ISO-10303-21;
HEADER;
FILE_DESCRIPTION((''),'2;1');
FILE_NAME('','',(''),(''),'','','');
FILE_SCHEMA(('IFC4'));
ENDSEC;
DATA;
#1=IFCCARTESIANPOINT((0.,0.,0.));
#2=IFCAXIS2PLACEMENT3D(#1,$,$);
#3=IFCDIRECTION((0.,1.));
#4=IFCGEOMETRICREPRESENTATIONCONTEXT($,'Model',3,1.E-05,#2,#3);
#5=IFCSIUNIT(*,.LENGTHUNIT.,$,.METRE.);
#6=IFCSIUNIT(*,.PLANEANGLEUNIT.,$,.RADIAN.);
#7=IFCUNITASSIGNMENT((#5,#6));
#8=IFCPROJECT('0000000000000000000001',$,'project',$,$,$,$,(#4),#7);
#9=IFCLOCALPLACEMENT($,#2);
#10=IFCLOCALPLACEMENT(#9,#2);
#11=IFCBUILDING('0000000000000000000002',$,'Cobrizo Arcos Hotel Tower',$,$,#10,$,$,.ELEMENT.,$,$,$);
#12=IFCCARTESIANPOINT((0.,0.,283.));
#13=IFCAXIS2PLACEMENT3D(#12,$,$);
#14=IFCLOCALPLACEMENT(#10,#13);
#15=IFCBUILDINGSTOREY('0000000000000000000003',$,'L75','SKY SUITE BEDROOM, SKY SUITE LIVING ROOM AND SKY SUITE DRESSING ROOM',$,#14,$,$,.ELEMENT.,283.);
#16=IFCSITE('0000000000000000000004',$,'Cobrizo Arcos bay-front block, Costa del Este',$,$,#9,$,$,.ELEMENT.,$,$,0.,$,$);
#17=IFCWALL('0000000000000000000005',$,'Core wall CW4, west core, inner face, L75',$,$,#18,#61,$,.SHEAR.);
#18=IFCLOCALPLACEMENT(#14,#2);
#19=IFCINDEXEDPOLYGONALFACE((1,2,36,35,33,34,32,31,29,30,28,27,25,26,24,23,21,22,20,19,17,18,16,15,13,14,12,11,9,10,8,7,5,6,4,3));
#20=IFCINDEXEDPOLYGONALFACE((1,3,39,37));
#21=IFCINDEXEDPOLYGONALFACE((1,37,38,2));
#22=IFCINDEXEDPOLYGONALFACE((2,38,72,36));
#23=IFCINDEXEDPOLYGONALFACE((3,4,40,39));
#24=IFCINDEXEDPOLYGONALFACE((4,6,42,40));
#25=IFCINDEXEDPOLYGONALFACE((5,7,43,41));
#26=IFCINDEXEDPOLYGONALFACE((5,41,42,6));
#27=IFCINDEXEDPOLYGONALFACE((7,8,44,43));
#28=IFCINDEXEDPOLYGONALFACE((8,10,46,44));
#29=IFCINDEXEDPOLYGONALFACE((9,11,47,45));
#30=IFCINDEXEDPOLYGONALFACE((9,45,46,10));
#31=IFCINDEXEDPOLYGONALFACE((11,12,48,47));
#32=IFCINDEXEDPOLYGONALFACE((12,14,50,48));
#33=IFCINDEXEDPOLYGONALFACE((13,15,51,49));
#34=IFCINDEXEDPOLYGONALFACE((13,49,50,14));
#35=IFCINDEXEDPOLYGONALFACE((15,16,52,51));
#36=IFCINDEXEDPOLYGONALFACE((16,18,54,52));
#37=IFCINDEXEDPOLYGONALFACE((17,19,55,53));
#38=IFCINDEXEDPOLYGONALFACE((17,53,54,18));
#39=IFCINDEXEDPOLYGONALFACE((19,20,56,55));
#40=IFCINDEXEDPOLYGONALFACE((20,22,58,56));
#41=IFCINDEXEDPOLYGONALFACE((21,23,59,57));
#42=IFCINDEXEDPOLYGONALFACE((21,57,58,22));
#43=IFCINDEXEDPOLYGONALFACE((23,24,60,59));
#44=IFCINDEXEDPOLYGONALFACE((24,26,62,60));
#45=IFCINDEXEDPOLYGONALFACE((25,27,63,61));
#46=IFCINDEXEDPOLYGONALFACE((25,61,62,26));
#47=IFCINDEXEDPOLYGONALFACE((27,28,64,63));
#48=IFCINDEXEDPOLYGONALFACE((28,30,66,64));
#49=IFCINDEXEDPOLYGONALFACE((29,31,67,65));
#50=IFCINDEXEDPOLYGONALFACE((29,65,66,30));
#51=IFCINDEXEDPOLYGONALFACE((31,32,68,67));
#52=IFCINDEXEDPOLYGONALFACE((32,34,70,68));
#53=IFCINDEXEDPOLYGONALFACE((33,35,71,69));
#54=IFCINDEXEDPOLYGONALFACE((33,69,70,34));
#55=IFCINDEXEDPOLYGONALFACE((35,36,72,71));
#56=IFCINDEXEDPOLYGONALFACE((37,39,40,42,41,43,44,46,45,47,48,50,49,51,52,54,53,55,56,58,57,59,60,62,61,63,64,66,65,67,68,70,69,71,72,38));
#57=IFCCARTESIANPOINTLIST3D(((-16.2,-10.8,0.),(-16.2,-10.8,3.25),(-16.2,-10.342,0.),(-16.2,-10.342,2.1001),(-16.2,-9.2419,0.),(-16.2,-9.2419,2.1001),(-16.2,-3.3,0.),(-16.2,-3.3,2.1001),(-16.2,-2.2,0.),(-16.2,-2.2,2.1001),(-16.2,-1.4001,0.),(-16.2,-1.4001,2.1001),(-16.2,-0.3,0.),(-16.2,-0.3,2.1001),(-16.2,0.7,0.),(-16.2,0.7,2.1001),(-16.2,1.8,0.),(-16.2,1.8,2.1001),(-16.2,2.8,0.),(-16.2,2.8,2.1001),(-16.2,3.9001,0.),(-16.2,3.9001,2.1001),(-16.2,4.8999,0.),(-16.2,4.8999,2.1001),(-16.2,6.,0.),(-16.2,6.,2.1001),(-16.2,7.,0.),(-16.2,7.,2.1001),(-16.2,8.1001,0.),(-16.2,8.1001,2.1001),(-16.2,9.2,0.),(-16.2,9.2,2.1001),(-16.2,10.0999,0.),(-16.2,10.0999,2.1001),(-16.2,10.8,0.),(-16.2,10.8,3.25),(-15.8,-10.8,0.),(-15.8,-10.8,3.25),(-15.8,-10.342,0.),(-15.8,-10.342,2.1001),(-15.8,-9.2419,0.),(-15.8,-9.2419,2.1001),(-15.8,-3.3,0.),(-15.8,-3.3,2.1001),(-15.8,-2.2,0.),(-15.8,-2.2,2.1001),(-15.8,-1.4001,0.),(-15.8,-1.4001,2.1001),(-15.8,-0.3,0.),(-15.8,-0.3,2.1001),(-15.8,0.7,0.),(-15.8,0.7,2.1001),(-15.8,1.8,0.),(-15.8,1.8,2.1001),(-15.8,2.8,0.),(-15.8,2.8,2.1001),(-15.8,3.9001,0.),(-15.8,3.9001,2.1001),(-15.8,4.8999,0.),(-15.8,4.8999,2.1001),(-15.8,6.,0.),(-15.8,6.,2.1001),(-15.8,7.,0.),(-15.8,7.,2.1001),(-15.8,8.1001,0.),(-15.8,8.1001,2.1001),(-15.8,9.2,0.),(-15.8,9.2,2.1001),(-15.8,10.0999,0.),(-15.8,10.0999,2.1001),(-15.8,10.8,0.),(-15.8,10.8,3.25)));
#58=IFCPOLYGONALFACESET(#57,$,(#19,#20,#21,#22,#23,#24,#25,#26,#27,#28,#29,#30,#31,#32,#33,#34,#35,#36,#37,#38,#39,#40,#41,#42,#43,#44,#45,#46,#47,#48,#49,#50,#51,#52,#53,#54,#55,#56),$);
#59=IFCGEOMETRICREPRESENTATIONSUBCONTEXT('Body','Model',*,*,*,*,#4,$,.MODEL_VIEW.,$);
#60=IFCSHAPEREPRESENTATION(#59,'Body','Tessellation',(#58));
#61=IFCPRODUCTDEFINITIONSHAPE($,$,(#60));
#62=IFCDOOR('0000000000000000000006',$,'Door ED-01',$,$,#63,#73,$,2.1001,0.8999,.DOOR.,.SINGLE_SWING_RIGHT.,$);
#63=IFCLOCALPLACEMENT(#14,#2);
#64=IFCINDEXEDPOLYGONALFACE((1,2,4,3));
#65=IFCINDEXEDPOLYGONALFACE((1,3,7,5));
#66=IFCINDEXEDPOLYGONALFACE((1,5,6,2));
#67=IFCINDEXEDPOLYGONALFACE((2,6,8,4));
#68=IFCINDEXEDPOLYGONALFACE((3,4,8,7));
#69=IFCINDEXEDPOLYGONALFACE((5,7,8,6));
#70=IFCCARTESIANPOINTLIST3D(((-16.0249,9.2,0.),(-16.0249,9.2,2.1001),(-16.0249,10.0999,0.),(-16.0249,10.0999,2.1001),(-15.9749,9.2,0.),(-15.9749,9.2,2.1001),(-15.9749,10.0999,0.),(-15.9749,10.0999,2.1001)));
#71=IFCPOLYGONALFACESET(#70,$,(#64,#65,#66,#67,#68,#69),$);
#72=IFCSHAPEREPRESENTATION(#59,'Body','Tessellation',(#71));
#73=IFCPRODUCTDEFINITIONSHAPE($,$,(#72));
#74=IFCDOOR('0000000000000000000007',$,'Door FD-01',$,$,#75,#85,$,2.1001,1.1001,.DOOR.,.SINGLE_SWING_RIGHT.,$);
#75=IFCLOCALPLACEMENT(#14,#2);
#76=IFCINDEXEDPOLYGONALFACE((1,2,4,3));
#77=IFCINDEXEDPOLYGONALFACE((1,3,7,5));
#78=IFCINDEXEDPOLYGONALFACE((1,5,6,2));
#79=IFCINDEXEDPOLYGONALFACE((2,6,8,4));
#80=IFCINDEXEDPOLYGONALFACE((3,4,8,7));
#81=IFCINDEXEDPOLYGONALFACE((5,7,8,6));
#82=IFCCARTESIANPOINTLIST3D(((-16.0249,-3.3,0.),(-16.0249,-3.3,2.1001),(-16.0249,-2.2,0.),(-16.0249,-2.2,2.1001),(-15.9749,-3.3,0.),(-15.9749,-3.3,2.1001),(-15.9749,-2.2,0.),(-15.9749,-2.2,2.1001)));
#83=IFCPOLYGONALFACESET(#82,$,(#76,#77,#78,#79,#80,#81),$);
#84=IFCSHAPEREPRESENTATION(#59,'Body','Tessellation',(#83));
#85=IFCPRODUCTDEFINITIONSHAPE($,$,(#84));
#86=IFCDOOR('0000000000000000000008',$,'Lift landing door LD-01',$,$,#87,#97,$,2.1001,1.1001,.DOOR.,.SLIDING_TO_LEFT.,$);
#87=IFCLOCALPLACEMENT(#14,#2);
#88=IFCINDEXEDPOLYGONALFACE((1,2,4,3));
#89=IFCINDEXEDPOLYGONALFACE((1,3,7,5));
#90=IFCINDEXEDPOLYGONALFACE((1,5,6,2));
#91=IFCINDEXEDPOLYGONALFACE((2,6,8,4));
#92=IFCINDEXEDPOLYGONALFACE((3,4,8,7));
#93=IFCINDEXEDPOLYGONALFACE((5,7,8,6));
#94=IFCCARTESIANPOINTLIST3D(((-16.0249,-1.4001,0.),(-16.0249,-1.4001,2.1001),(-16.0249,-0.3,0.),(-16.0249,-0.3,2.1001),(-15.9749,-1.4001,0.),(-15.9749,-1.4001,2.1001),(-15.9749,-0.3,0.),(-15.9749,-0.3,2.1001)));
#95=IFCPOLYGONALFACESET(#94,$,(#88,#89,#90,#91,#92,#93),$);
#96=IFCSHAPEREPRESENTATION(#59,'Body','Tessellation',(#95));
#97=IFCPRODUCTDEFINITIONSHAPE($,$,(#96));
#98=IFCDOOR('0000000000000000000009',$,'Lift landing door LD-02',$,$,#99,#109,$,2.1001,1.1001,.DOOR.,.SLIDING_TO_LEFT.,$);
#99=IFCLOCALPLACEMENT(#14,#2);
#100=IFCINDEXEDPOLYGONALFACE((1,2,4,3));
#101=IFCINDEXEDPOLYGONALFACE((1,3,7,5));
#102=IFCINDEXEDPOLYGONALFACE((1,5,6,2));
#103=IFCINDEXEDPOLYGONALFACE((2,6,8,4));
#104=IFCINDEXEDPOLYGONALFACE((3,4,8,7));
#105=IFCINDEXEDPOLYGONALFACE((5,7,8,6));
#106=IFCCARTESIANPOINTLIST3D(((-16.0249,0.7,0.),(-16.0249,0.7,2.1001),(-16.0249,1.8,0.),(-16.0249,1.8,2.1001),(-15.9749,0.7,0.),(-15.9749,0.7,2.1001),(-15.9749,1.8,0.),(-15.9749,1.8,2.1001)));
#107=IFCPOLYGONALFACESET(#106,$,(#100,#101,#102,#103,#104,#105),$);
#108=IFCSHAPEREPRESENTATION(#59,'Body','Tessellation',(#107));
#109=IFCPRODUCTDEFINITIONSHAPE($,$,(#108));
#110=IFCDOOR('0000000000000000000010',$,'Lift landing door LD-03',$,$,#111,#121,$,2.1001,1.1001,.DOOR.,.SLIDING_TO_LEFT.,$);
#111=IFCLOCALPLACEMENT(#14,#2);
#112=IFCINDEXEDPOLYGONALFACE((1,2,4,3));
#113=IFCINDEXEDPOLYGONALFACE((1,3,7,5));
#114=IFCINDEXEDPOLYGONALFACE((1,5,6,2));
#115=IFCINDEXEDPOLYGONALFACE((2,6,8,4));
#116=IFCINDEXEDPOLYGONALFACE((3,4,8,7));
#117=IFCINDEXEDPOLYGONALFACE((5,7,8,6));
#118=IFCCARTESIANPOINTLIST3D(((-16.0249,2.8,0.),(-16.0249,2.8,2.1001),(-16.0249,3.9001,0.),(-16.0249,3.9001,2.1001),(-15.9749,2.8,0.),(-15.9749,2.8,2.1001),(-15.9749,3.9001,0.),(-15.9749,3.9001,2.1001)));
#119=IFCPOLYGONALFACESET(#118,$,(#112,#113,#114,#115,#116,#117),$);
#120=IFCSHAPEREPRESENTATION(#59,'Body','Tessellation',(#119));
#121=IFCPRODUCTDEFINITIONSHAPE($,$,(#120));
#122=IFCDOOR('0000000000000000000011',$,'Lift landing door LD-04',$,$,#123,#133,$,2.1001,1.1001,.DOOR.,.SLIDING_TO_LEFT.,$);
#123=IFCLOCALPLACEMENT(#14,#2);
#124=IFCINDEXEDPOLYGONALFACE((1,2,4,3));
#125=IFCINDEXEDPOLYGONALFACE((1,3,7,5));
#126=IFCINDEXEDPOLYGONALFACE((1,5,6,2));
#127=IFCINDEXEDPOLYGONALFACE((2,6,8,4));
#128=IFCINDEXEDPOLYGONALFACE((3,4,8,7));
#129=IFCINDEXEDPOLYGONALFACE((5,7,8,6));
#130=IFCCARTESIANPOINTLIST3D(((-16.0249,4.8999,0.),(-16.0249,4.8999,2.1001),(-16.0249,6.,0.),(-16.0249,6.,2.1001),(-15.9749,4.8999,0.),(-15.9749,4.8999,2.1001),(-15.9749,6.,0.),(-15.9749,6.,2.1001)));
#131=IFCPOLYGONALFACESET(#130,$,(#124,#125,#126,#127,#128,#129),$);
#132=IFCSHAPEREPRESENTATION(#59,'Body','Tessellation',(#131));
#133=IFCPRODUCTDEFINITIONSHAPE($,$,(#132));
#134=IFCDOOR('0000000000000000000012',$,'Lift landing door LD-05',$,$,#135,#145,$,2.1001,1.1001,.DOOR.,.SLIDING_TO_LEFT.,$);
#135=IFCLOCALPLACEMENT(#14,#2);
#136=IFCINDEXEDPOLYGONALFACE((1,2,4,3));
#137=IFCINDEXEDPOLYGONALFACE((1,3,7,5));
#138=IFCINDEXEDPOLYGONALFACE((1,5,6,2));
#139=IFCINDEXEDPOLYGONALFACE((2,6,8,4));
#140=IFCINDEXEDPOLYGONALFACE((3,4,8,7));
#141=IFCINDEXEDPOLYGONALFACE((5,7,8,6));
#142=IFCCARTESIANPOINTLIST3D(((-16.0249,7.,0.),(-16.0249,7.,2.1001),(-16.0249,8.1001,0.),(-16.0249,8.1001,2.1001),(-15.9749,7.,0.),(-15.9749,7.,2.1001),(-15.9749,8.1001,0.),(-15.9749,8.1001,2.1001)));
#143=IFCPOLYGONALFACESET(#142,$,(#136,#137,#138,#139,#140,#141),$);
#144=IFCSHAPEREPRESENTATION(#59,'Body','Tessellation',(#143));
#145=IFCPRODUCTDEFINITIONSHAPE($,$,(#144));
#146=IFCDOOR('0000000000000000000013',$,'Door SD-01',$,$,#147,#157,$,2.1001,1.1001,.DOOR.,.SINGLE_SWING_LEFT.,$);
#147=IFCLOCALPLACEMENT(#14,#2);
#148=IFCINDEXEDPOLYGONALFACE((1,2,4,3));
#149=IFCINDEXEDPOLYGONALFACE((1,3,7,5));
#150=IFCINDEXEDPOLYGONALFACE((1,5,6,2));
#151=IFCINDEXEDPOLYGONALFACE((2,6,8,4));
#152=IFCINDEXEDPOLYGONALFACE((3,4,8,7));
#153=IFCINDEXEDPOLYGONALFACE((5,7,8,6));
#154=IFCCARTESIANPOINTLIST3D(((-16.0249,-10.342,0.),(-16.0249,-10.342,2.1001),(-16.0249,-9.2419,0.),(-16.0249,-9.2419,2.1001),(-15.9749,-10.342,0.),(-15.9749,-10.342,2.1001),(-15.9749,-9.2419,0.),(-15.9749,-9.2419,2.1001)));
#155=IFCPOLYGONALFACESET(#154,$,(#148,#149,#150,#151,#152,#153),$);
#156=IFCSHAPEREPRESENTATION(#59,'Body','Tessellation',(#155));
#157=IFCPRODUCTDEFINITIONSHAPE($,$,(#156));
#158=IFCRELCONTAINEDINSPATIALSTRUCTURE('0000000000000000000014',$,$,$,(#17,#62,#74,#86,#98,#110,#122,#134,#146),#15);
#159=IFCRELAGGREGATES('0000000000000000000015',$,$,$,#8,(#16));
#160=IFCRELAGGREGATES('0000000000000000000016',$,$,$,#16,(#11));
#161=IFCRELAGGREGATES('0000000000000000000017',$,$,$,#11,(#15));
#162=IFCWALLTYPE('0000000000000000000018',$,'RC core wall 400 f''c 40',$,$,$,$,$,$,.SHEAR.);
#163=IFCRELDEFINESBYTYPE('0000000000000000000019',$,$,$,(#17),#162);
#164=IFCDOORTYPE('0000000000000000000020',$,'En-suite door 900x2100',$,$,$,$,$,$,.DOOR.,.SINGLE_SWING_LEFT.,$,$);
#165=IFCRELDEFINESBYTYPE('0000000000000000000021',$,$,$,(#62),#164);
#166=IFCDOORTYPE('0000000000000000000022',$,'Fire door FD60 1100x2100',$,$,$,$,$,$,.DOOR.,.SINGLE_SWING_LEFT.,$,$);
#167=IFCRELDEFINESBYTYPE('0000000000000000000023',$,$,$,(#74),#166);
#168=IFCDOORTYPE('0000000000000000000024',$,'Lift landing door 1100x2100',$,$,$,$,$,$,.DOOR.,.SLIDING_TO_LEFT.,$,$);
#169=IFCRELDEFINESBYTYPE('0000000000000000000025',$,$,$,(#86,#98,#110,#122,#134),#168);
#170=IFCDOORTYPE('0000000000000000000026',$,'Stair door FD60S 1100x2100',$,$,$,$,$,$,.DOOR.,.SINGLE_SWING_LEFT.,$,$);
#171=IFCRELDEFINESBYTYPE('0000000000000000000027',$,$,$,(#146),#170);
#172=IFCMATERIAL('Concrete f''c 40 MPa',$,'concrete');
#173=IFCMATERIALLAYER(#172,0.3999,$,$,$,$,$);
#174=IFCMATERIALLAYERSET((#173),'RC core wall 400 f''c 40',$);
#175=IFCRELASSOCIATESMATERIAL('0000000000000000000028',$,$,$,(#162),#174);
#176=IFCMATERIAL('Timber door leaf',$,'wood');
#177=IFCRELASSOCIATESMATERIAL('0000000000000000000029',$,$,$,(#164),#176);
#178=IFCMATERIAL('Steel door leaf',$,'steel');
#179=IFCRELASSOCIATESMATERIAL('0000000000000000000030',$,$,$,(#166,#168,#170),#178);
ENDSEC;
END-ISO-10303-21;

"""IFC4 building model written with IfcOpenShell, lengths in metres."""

from ifc_helpers import new_model, si_unit, direction, frame, frame_2d, origin, place, context, subcontext, project, spatial, rectangle, extrude, material, layer, layer_set, type_object, element, fill, save


model = new_model("IFC4")

# Units and contexts
model_context = context("Model", 3, precision=1e-05, world=origin(), true_north=direction((0.0, 1.0)))
body_context = subcontext(model_context, "Body", "Model", "MODEL_VIEW")
ifc_project = project(units=[si_unit("LENGTHUNIT", "METRE"), si_unit("PLANEANGLEUNIT", "RADIAN")], contexts=[model_context])

# Site, building, storey
site_placement = place(None, origin())
site = spatial("IfcSite", under=ifc_project, at=site_placement, Name="Cobrizo Arcos bay-front block, Costa del Este", CompositionType="ELEMENT", RefElevation=0.0)
building_placement = place(site_placement, origin())
building = spatial("IfcBuilding", under=site, at=building_placement, Name="Cobrizo Arcos Hotel Tower", CompositionType="ELEMENT")
storey_placement = place(building_placement, frame((0.0, 0.0, 283.0)))
storey = spatial("IfcBuildingStorey", under=building, at=storey_placement, Name="L75", Description="SKY SUITE BEDROOM, SKY SUITE LIVING ROOM AND SKY SUITE DRESSING ROOM", CompositionType="ELEMENT", Elevation=283.0)

# Shared definitions
ifc_material_1 = material(Name="Timber door leaf", Category="wood")

# Wall, openings, doors
ifc_material_2 = material(Name="Concrete f'c 40 MPa", Category="concrete")
ifc_layer_1 = layer(ifc_material_2, 0.3999)
ifc_layer_set_1 = layer_set([ifc_layer_1], Name="RC core wall 400 f'c 40")
wall_type_1 = type_object("IfcWallType", Name="RC core wall 400 f'c 40", PredefinedType="SHEAR", material=ifc_layer_set_1)
wall_1_placement = place(storey_placement, frame((-16.0, -10.8, 0.0), z_axis=(0.0, 0.0, 1.0), x_axis=(0.0, 1.0, 0.0)))
wall_1 = element("IfcWall", 1, at=wall_1_placement, inside=storey, type_object=wall_type_1, Name="Core wall CW4, west core, inner face, L75", PredefinedType="SHEAR", context=body_context, shape_type="SweptSolid", body=[
    extrude(rectangle(XDim=21.6001, YDim=0.3999, at=frame_2d((10.8, 0.0))), origin(), (0.0, 0.0, 1.0), 3.25),
])
opening_1_placement = place(wall_1_placement, frame((9.3999, 0.0, 0.0)))
opening_1 = element("IfcOpeningElement", 2, at=opening_1_placement, cuts=wall_1, PredefinedType="OPENING", context=body_context, shape_type="SweptSolid", body=[
    extrude(rectangle(XDim=1.1001, YDim=2.1001, at=frame_2d((0.55, 1.05))), frame((0.0, 0.2119, 0.0), z_axis=(0.0, -1.0, 0.0), x_axis=(1.0, 0.0, 0.0)), (0.0, 0.0, 1.0), 0.4238),
])
opening_2_placement = place(wall_1_placement, frame((11.5, 0.0, 0.0)))
opening_2 = element("IfcOpeningElement", 3, at=opening_2_placement, cuts=wall_1, PredefinedType="OPENING", context=body_context, shape_type="SweptSolid", body=[
    extrude(rectangle(XDim=1.1001, YDim=2.1001, at=frame_2d((0.55, 1.05))), frame((0.0, 0.2119, 0.0), z_axis=(0.0, -1.0, 0.0), x_axis=(1.0, 0.0, 0.0)), (0.0, 0.0, 1.0), 0.4238),
])
opening_3_placement = place(wall_1_placement, frame((13.6001, 0.0, 0.0)))
opening_3 = element("IfcOpeningElement", 4, at=opening_3_placement, cuts=wall_1, PredefinedType="OPENING", context=body_context, shape_type="SweptSolid", body=[
    extrude(rectangle(XDim=1.1001, YDim=2.1001, at=frame_2d((0.55, 1.05))), frame((0.0, 0.2119, 0.0), z_axis=(0.0, -1.0, 0.0), x_axis=(1.0, 0.0, 0.0)), (0.0, 0.0, 1.0), 0.4238),
])
opening_4_placement = place(wall_1_placement, frame((15.7, 0.0, 0.0)))
opening_4 = element("IfcOpeningElement", 5, at=opening_4_placement, cuts=wall_1, PredefinedType="OPENING", context=body_context, shape_type="SweptSolid", body=[
    extrude(rectangle(XDim=1.1001, YDim=2.1001, at=frame_2d((0.55, 1.05))), frame((0.0, 0.2119, 0.0), z_axis=(0.0, -1.0, 0.0), x_axis=(1.0, 0.0, 0.0)), (0.0, 0.0, 1.0), 0.4238),
])
opening_5_placement = place(wall_1_placement, frame((17.8, 0.0, 0.0)))
opening_5 = element("IfcOpeningElement", 6, at=opening_5_placement, cuts=wall_1, PredefinedType="OPENING", context=body_context, shape_type="SweptSolid", body=[
    extrude(rectangle(XDim=1.1001, YDim=2.1001, at=frame_2d((0.55, 1.05))), frame((0.0, 0.2119, 0.0), z_axis=(0.0, -1.0, 0.0), x_axis=(1.0, 0.0, 0.0)), (0.0, 0.0, 1.0), 0.4238),
])
opening_6_placement = place(wall_1_placement, frame((0.458, 0.0, 0.0)))
opening_6 = element("IfcOpeningElement", 7, at=opening_6_placement, cuts=wall_1, PredefinedType="OPENING", context=body_context, shape_type="SweptSolid", body=[
    extrude(rectangle(XDim=1.1001, YDim=2.1001, at=frame_2d((0.55, 1.05))), frame((0.0, 0.2119, 0.0), z_axis=(0.0, -1.0, 0.0), x_axis=(1.0, 0.0, 0.0)), (0.0, 0.0, 1.0), 0.4238),
])
opening_7_placement = place(wall_1_placement, frame((7.5, 0.0, 0.0)))
opening_7 = element("IfcOpeningElement", 8, at=opening_7_placement, cuts=wall_1, PredefinedType="OPENING", context=body_context, shape_type="SweptSolid", body=[
    extrude(rectangle(XDim=1.1001, YDim=2.1001, at=frame_2d((0.55, 1.05))), frame((0.0, 0.2119, 0.0), z_axis=(0.0, -1.0, 0.0), x_axis=(1.0, 0.0, 0.0)), (0.0, 0.0, 1.0), 0.4238),
])
opening_8_placement = place(wall_1_placement, frame((20.0, 0.0, 0.0)))
opening_8 = element("IfcOpeningElement", 9, at=opening_8_placement, cuts=wall_1, PredefinedType="OPENING", context=body_context, shape_type="SweptSolid", body=[
    extrude(rectangle(XDim=0.8999, YDim=2.1001, at=frame_2d((0.45, 1.05))), frame((0.0, 0.2119, 0.0), z_axis=(0.0, -1.0, 0.0), x_axis=(1.0, 0.0, 0.0)), (0.0, 0.0, 1.0), 0.4238),
])
door_type_1 = type_object("IfcDoorType", Name="En-suite door 900x2100", OperationType="SINGLE_SWING_LEFT", PredefinedType="DOOR", material=ifc_material_1)
door_1_placement = place(opening_8_placement, origin())
door_1 = element("IfcDoor", 10, at=door_1_placement, inside=storey, type_object=door_type_1, Name="Door ED-01", OperationType="SINGLE_SWING_RIGHT", OverallHeight=2.1001, OverallWidth=0.8999, PredefinedType="DOOR", context=body_context, shape_type="SweptSolid", body=[
    extrude(rectangle(XDim=0.8999, YDim=2.1001, at=frame_2d((0.45, 1.05))), frame((0.0, 0.0249, 0.0), z_axis=(0.0, -1.0, 0.0), x_axis=(1.0, 0.0, 0.0)), (0.0, 0.0, 1.0), 0.05),
])
fill(opening_8, door_1)
ifc_material_3 = material(Name="Steel door leaf", Category="steel")
door_type_2 = type_object("IfcDoorType", Name="Fire door FD60 1100x2100", OperationType="SINGLE_SWING_LEFT", PredefinedType="DOOR", material=ifc_material_3)
door_2_placement = place(opening_7_placement, origin())
door_2 = element("IfcDoor", 11, at=door_2_placement, inside=storey, type_object=door_type_2, Name="Door FD-01", OperationType="SINGLE_SWING_RIGHT", OverallHeight=2.1001, OverallWidth=1.1001, PredefinedType="DOOR", context=body_context, shape_type="SweptSolid", body=[
    extrude(rectangle(XDim=1.1001, YDim=2.1001, at=frame_2d((0.55, 1.05))), frame((0.0, 0.0249, 0.0), z_axis=(0.0, -1.0, 0.0), x_axis=(1.0, 0.0, 0.0)), (0.0, 0.0, 1.0), 0.05),
])
fill(opening_7, door_2)
door_type_3 = type_object("IfcDoorType", Name="Lift landing door 1100x2100", OperationType="SLIDING_TO_LEFT", PredefinedType="DOOR", material=ifc_material_3)
door_3_placement = place(opening_1_placement, origin())
door_3 = element("IfcDoor", 12, at=door_3_placement, inside=storey, type_object=door_type_3, Name="Lift landing door LD-01", OperationType="SLIDING_TO_LEFT", OverallHeight=2.1001, OverallWidth=1.1001, PredefinedType="DOOR", context=body_context, shape_type="SweptSolid", body=[
    extrude(rectangle(XDim=1.1001, YDim=2.1001, at=frame_2d((0.55, 1.05))), frame((0.0, 0.0249, 0.0), z_axis=(0.0, -1.0, 0.0), x_axis=(1.0, 0.0, 0.0)), (0.0, 0.0, 1.0), 0.05),
])
fill(opening_1, door_3)
door_4_placement = place(opening_2_placement, origin())
door_4 = element("IfcDoor", 13, at=door_4_placement, inside=storey, type_object=door_type_3, Name="Lift landing door LD-02", OperationType="SLIDING_TO_LEFT", OverallHeight=2.1001, OverallWidth=1.1001, PredefinedType="DOOR", context=body_context, shape_type="SweptSolid", body=[
    extrude(rectangle(XDim=1.1001, YDim=2.1001, at=frame_2d((0.55, 1.05))), frame((0.0, 0.0249, 0.0), z_axis=(0.0, -1.0, 0.0), x_axis=(1.0, 0.0, 0.0)), (0.0, 0.0, 1.0), 0.05),
])
fill(opening_2, door_4)
door_5_placement = place(opening_3_placement, origin())
door_5 = element("IfcDoor", 14, at=door_5_placement, inside=storey, type_object=door_type_3, Name="Lift landing door LD-03", OperationType="SLIDING_TO_LEFT", OverallHeight=2.1001, OverallWidth=1.1001, PredefinedType="DOOR", context=body_context, shape_type="SweptSolid", body=[
    extrude(rectangle(XDim=1.1001, YDim=2.1001, at=frame_2d((0.55, 1.05))), frame((0.0, 0.0249, 0.0), z_axis=(0.0, -1.0, 0.0), x_axis=(1.0, 0.0, 0.0)), (0.0, 0.0, 1.0), 0.05),
])
fill(opening_3, door_5)
door_6_placement = place(opening_4_placement, origin())
door_6 = element("IfcDoor", 15, at=door_6_placement, inside=storey, type_object=door_type_3, Name="Lift landing door LD-04", OperationType="SLIDING_TO_LEFT", OverallHeight=2.1001, OverallWidth=1.1001, PredefinedType="DOOR", context=body_context, shape_type="SweptSolid", body=[
    extrude(rectangle(XDim=1.1001, YDim=2.1001, at=frame_2d((0.55, 1.05))), frame((0.0, 0.0249, 0.0), z_axis=(0.0, -1.0, 0.0), x_axis=(1.0, 0.0, 0.0)), (0.0, 0.0, 1.0), 0.05),
])
fill(opening_4, door_6)
door_7_placement = place(opening_5_placement, origin())
door_7 = element("IfcDoor", 16, at=door_7_placement, inside=storey, type_object=door_type_3, Name="Lift landing door LD-05", OperationType="SLIDING_TO_LEFT", OverallHeight=2.1001, OverallWidth=1.1001, PredefinedType="DOOR", context=body_context, shape_type="SweptSolid", body=[
    extrude(rectangle(XDim=1.1001, YDim=2.1001, at=frame_2d((0.55, 1.05))), frame((0.0, 0.0249, 0.0), z_axis=(0.0, -1.0, 0.0), x_axis=(1.0, 0.0, 0.0)), (0.0, 0.0, 1.0), 0.05),
])
fill(opening_5, door_7)
door_type_4 = type_object("IfcDoorType", Name="Stair door FD60S 1100x2100", OperationType="SINGLE_SWING_LEFT", PredefinedType="DOOR", material=ifc_material_3)
door_8_placement = place(opening_6_placement, origin())
door_8 = element("IfcDoor", 17, at=door_8_placement, inside=storey, type_object=door_type_4, Name="Door SD-01", OperationType="SINGLE_SWING_LEFT", OverallHeight=2.1001, OverallWidth=1.1001, PredefinedType="DOOR", context=body_context, shape_type="SweptSolid", body=[
    extrude(rectangle(XDim=1.1001, YDim=2.1001, at=frame_2d((0.55, 1.05))), frame((0.0, 0.0249, 0.0), z_axis=(0.0, -1.0, 0.0), x_axis=(1.0, 0.0, 0.0)), (0.0, 0.0, 1.0), 0.05),
])
fill(opening_6, door_8)

save(model, "model.ifc")
